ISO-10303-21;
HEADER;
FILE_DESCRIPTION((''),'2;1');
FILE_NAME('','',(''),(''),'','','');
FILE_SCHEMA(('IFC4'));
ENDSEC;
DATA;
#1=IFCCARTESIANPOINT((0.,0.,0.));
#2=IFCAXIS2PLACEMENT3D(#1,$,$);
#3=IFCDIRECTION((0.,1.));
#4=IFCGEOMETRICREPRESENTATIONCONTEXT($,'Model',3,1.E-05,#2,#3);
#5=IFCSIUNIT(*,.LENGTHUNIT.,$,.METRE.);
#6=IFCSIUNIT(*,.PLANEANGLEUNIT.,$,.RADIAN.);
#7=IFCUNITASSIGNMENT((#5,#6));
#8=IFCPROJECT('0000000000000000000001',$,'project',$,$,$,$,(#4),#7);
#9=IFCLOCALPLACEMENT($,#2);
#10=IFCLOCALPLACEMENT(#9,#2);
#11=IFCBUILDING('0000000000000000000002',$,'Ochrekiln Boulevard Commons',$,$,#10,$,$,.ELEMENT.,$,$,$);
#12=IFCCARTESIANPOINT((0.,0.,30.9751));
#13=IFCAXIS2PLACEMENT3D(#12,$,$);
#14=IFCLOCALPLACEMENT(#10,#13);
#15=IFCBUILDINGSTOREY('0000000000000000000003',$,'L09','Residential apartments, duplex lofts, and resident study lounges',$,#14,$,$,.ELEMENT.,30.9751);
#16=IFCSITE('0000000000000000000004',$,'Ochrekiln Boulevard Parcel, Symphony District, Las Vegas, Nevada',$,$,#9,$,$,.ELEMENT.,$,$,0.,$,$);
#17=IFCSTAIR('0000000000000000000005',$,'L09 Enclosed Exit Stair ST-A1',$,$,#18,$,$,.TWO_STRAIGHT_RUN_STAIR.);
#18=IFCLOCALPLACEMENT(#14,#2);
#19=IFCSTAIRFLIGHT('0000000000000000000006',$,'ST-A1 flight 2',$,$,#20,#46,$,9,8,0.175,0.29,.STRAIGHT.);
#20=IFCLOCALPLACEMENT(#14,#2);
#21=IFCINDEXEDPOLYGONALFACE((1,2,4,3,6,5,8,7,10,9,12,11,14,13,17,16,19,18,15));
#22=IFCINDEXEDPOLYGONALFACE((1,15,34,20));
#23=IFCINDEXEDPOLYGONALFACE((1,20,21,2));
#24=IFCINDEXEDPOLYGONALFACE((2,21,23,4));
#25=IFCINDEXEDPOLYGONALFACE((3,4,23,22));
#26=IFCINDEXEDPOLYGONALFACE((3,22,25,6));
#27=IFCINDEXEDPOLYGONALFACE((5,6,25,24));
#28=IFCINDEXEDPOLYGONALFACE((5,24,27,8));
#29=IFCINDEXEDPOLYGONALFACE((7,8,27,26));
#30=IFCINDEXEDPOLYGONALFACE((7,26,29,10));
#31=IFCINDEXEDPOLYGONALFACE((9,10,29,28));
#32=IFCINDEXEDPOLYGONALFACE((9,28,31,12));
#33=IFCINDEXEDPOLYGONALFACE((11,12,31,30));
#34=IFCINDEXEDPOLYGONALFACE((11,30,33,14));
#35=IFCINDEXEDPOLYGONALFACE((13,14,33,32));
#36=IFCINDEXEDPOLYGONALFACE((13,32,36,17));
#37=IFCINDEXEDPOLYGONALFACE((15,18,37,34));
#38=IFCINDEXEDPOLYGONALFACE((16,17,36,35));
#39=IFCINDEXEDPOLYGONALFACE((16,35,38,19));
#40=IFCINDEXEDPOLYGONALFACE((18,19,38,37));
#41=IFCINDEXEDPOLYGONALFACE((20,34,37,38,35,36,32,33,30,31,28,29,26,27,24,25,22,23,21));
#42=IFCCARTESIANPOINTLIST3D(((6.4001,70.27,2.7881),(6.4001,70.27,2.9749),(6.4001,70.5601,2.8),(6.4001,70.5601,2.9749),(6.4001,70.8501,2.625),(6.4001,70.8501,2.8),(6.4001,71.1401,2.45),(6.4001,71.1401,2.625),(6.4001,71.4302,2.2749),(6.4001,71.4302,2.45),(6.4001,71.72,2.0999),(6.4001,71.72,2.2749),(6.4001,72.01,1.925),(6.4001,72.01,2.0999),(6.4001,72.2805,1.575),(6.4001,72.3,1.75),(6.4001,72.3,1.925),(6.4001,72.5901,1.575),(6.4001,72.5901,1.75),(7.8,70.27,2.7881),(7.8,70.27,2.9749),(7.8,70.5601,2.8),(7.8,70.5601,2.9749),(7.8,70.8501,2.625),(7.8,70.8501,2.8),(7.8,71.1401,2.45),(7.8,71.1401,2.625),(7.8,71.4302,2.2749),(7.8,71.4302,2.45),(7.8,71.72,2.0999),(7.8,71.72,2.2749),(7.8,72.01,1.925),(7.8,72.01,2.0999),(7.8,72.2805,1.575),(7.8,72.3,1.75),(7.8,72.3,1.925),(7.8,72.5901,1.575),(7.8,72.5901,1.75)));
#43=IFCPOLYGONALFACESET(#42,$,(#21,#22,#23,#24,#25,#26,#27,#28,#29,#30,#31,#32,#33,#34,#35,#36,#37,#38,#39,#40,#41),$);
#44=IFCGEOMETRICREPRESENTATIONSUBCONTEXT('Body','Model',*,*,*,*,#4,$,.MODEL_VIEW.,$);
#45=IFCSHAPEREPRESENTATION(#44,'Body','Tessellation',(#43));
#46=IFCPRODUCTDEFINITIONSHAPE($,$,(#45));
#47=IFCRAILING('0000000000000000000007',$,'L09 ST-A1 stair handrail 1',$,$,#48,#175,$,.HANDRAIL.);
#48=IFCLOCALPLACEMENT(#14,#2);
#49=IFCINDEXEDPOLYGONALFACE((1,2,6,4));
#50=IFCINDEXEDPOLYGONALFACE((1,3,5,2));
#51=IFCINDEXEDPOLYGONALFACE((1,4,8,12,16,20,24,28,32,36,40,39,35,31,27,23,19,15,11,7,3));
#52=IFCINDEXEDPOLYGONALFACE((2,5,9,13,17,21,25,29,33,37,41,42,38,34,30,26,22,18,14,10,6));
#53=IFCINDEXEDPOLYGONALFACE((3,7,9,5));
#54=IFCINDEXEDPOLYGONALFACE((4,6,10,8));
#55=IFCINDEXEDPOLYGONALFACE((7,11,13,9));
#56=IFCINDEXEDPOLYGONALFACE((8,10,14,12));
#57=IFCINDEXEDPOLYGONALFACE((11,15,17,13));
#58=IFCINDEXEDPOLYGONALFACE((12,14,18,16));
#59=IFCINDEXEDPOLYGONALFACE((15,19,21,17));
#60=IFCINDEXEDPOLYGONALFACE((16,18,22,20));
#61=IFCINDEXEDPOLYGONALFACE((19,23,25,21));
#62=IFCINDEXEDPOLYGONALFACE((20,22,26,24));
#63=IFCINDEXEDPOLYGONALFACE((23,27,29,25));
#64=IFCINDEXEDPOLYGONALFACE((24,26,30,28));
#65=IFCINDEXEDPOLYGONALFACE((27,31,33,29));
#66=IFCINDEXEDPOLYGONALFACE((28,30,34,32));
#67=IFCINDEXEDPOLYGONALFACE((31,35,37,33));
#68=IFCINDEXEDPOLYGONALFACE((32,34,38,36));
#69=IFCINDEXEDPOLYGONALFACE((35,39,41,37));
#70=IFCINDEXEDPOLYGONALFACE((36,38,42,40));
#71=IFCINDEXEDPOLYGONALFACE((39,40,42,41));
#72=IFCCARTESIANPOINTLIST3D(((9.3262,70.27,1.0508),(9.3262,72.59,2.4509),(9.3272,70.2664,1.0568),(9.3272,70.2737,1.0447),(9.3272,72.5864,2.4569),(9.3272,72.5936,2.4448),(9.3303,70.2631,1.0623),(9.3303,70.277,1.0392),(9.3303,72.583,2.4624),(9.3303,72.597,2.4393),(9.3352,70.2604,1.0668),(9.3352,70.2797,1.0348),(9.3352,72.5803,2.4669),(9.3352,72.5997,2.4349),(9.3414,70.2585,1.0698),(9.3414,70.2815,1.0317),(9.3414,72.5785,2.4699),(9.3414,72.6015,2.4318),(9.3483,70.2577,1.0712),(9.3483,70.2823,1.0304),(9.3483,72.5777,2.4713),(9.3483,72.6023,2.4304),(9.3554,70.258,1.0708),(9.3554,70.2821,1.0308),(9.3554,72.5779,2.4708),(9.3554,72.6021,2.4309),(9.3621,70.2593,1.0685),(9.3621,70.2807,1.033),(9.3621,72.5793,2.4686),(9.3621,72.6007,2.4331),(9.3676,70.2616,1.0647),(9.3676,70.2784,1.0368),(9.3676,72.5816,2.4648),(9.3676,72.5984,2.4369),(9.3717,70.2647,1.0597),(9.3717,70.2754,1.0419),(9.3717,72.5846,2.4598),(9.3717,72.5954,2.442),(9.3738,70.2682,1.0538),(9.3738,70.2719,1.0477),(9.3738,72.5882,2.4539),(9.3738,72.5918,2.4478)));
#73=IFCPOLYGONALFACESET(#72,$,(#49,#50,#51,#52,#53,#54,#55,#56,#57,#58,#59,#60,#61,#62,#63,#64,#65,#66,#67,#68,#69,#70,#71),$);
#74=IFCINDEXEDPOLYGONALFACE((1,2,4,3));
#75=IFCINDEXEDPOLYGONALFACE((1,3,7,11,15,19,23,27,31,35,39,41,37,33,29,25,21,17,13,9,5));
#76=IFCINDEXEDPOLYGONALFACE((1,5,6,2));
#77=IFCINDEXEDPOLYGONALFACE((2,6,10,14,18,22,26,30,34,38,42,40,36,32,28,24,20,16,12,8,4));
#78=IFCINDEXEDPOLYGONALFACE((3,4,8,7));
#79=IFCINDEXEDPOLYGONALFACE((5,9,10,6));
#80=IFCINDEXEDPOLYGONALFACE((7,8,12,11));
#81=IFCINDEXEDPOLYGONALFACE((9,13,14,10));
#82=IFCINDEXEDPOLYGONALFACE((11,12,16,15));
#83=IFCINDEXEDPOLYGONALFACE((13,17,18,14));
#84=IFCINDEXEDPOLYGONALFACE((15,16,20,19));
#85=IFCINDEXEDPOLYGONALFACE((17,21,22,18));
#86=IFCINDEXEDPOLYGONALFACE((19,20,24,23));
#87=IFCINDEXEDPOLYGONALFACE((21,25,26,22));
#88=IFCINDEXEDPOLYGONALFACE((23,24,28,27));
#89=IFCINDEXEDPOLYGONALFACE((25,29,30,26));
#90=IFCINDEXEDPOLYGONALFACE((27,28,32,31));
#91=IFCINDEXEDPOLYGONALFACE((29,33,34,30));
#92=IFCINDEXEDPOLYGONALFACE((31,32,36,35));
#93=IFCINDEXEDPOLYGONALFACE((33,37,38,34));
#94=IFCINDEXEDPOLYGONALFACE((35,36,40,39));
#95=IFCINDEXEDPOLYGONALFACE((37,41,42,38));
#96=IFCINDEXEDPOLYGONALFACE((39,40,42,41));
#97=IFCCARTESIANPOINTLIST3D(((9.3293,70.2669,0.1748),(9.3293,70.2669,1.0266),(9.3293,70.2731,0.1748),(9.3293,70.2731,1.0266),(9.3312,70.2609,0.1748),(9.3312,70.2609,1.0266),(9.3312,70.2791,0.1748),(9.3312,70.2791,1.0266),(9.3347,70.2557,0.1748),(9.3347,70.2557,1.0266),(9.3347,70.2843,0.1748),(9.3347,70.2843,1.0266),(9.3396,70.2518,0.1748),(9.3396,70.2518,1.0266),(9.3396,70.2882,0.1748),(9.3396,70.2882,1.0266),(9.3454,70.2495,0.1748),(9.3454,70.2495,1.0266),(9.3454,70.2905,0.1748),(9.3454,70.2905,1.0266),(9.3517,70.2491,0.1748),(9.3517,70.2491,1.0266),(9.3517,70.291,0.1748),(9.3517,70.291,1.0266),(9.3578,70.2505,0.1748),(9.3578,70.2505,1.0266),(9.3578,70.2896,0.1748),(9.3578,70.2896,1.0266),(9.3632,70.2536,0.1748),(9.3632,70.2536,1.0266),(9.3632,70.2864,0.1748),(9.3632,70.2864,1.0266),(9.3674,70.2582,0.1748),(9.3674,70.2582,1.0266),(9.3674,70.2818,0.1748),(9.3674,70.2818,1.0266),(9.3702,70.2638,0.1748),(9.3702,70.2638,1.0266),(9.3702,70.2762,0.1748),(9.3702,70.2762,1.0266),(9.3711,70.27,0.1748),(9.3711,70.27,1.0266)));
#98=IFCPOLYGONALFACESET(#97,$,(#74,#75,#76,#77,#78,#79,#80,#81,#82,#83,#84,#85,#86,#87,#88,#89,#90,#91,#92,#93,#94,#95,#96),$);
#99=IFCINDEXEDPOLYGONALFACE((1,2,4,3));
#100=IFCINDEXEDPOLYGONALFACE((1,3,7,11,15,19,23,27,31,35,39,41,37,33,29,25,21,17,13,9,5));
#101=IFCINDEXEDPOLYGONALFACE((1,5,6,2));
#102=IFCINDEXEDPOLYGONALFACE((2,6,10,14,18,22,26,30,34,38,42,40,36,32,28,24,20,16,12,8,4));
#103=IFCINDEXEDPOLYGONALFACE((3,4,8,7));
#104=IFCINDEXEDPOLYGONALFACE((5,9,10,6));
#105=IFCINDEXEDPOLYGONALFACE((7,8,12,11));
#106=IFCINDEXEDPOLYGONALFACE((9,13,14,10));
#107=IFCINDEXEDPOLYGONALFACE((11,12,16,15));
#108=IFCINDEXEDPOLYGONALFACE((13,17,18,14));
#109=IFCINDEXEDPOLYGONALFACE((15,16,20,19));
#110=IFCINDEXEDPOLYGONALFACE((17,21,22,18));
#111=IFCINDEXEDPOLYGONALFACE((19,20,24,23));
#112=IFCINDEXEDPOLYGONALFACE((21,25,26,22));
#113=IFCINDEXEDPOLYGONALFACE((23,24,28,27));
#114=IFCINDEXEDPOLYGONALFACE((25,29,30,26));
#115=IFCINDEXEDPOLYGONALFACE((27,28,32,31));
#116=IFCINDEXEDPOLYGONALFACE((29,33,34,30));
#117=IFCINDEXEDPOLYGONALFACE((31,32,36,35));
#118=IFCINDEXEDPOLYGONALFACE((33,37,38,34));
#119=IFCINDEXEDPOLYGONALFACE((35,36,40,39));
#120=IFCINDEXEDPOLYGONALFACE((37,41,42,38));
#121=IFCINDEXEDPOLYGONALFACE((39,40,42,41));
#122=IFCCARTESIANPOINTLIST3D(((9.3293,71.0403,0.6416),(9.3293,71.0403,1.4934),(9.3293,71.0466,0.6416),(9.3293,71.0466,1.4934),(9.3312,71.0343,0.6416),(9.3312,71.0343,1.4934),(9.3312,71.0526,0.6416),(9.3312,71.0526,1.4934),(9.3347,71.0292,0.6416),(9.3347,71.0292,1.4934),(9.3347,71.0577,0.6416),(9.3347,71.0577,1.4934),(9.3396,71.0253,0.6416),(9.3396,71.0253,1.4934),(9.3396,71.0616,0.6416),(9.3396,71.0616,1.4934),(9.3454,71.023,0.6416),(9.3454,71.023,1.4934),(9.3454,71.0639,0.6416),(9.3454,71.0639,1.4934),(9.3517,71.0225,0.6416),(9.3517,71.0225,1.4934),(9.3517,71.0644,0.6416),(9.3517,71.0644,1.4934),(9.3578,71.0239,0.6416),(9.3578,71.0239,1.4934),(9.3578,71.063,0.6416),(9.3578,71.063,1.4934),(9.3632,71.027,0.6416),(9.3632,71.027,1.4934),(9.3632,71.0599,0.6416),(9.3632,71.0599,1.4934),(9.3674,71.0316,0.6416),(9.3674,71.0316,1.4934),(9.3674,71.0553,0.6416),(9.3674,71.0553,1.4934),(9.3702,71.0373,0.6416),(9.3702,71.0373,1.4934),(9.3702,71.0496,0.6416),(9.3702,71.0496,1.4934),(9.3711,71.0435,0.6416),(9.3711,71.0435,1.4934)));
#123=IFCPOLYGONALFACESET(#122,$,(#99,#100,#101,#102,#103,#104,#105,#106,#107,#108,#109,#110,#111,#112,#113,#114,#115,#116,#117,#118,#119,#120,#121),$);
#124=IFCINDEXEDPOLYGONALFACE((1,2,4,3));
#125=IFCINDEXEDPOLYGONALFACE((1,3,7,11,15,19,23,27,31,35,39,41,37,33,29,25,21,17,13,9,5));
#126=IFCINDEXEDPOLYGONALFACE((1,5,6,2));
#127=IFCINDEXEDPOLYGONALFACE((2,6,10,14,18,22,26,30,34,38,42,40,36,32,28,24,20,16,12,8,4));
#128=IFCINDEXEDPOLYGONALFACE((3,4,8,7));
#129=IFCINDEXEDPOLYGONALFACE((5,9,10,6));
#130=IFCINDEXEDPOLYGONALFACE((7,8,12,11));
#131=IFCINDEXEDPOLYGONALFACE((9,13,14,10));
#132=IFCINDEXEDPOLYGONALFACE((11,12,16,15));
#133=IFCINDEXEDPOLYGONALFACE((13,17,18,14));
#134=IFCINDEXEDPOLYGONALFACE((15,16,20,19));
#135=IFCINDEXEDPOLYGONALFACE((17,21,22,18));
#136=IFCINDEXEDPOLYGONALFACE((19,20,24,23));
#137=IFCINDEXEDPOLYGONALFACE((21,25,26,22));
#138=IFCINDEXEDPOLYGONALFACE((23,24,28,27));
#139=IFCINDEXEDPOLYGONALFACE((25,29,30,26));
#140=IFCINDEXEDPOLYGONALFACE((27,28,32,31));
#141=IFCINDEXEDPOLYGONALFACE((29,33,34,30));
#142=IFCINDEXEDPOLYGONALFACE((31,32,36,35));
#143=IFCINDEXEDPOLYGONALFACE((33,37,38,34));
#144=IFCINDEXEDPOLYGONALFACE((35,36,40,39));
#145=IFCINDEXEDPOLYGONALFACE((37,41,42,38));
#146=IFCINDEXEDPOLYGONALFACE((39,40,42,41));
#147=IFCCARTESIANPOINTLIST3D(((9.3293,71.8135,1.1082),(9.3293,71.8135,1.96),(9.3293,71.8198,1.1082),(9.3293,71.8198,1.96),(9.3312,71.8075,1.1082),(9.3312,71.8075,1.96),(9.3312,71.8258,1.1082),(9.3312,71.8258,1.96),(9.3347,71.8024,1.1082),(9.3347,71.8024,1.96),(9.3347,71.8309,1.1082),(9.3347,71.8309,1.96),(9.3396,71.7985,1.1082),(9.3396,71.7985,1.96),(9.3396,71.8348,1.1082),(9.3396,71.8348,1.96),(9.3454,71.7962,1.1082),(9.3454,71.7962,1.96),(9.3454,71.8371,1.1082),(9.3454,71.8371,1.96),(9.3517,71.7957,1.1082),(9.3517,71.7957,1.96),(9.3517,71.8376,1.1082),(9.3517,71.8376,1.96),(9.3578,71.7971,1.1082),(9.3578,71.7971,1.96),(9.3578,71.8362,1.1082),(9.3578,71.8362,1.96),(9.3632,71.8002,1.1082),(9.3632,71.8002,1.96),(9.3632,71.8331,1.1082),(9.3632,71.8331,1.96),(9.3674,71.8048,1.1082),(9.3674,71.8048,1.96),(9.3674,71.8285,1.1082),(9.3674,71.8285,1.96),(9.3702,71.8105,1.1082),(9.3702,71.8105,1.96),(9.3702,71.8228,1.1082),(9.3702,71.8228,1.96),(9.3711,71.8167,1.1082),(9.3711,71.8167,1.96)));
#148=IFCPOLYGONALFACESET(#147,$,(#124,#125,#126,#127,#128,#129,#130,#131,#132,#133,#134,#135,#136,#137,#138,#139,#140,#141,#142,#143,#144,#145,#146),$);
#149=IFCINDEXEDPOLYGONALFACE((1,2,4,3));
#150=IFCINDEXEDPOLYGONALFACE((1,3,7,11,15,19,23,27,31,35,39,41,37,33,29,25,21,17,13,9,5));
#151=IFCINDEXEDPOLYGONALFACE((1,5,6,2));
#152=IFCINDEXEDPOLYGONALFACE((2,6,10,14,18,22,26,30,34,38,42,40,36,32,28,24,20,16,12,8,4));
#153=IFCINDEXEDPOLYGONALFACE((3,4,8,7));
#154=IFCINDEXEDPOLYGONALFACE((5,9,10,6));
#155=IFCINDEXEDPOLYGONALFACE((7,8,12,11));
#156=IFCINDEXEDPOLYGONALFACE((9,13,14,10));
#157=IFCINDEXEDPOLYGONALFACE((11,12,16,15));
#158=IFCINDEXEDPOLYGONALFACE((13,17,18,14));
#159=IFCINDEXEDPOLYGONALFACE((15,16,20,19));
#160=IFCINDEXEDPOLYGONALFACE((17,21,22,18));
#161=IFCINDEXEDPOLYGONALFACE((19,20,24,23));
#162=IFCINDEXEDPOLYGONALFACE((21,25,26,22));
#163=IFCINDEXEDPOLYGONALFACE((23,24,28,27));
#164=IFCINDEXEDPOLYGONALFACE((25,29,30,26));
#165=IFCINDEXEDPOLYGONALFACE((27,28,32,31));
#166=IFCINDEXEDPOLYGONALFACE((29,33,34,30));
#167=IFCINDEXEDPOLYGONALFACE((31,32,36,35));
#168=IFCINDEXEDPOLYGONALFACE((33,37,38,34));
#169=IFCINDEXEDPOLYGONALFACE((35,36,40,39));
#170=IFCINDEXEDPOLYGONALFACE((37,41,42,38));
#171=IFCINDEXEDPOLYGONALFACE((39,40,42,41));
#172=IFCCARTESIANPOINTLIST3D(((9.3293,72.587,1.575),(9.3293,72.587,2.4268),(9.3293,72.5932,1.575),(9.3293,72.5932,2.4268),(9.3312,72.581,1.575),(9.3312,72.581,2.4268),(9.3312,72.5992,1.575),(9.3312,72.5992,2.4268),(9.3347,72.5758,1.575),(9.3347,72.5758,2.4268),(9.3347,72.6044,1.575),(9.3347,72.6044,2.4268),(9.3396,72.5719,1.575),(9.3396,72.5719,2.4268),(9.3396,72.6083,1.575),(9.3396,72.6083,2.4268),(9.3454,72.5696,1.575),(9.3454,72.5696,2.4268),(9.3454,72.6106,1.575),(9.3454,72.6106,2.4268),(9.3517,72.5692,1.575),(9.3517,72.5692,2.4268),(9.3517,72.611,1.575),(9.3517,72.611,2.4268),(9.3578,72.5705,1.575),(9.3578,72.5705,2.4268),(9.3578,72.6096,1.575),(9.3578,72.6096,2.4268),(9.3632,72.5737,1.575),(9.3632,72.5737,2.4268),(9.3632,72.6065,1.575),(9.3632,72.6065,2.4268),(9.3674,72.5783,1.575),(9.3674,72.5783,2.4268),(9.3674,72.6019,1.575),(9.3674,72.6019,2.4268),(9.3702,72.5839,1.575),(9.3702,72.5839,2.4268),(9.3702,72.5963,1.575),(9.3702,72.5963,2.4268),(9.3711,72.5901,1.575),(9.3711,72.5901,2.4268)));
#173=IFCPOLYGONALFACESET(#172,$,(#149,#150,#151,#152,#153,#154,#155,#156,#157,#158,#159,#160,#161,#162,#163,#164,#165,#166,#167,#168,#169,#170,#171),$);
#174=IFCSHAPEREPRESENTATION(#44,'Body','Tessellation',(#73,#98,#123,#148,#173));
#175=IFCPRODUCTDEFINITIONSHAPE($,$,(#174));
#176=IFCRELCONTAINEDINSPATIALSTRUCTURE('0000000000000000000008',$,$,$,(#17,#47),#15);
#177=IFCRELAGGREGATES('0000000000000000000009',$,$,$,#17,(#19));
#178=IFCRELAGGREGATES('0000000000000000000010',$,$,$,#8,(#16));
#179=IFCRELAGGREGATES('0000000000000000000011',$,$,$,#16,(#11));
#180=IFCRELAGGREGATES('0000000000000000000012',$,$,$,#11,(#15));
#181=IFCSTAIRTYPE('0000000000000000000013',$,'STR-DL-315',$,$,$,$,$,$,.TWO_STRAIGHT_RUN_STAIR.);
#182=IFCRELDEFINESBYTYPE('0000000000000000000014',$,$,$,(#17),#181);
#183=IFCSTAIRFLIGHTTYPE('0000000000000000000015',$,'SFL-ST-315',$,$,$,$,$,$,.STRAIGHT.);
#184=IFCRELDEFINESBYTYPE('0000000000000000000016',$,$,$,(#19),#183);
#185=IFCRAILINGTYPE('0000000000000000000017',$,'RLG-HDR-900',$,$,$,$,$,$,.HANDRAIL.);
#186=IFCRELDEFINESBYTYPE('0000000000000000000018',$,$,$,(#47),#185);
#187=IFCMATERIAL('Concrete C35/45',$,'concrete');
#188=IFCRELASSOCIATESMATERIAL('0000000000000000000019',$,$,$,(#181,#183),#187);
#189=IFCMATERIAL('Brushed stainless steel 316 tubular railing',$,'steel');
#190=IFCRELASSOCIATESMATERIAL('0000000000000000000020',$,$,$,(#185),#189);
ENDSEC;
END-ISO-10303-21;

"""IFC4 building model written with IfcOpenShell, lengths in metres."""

from ifc_helpers import new_model, si_unit, direction, frame, origin, origin_2d, place, context, subcontext, project, spatial, polyline, circle, outline, extrude, material, type_object, element, aggregate, save


model = new_model("IFC4")

# Units and contexts
model_context = context("Model", 3, precision=1e-05, world=origin(), true_north=direction((0.0, 1.0)))
body_context = subcontext(model_context, "Body", "Model", "MODEL_VIEW")
ifc_project = project(units=[si_unit("LENGTHUNIT", "METRE"), si_unit("PLANEANGLEUNIT", "RADIAN")], contexts=[model_context])

# Site, building, storey
site_placement = place(None, origin())
site = spatial("IfcSite", under=ifc_project, at=site_placement, Name="Ochrekiln Boulevard Parcel, Symphony District, Las Vegas, Nevada", CompositionType="ELEMENT", RefElevation=0.0)
building_placement = place(site_placement, origin())
building = spatial("IfcBuilding", under=site, at=building_placement, Name="Ochrekiln Boulevard Commons", CompositionType="ELEMENT")
storey_placement = place(building_placement, frame((0.0, 0.0, 30.9751)))
storey = spatial("IfcBuildingStorey", under=building, at=storey_placement, Name="L09", Description="Residential apartments, duplex lofts, and resident study lounges", CompositionType="ELEMENT", Elevation=30.9751)

# Shared definitions
ifc_material_1 = material(Name="Concrete C35/45", Category="concrete")

# Stair, stair flight
stair_type = type_object("IfcStairType", Name="STR-DL-315", PredefinedType="TWO_STRAIGHT_RUN_STAIR", material=ifc_material_1)
stair_placement = place(storey_placement, origin())
stair = element("IfcStair", 1, at=stair_placement, inside=storey, type_object=stair_type, Name="L09 Enclosed Exit Stair ST-A1", PredefinedType="TWO_STRAIGHT_RUN_STAIR")
stair_flight_type = type_object("IfcStairFlightType", Name="SFL-ST-315", PredefinedType="STRAIGHT", material=ifc_material_1)
stair_flight_1_placement = place(storey_placement, frame((7.1001, 72.5901, 1.575), z_axis=(0.0, 0.0, 1.0), x_axis=(0.0, -1.0, 0.0)))
stair_flight_1 = element("IfcStairFlight", 2, at=stair_flight_1_placement, type_object=stair_flight_type, Name="ST-A1 flight 2", NumberOfRisers=9, NumberOfTreads=8, PredefinedType="STRAIGHT", RiserHeight=0.175, TreadLength=0.29, context=body_context, shape_type="SweptSolid", body=[
    extrude(outline(polyline([(0.0, 0.0), (0.0, 0.175), (0.29, 0.175), (0.29, 0.3501), (0.5801, 0.3501), (0.5801, 0.5249), (0.8701, 0.5249), (0.8701, 0.7), (1.1599, 0.7), (1.1599, 0.875), (1.45, 0.875), (1.45, 1.05), (1.74, 1.05), (1.74, 1.2251), (2.03, 1.2251), (2.03, 1.3999), (2.3201, 1.3999), (2.3201, 1.575), (2.3201, 1.2131), (0.3096, 0.0), (0.0, 0.0)])), frame((0.0, 0.7, 0.0), z_axis=(0.0, -1.0, 0.0), x_axis=(1.0, 0.0, 0.0)), (0.0, 0.0, 1.0), 1.3999),
])
aggregate(stair, [stair_flight_1])

# Railing
ifc_material_2 = material(Name="Brushed stainless steel 316 tubular railing", Category="steel")
railing_type_1 = type_object("IfcRailingType", Name="RLG-HDR-900", PredefinedType="HANDRAIL", material=ifc_material_2)
railing_1_placement = place(storey_placement, frame((9.3501, 70.27, 0.1748)))
element("IfcRailing", 3, at=railing_1_placement, inside=storey, type_object=railing_type_1, Name="L09 ST-A1 stair handrail 1", PredefinedType="HANDRAIL", context=body_context, shape_type="SweptSolid", body=[
    extrude(circle(Radius=0.0239, at=origin_2d()), frame((0.0, 0.0, 0.876), z_axis=(0.0, 0.85617, 0.516693), x_axis=(-1.0, 0.0, 0.0)), (0.0, 0.0, 1.0), 2.7097),
    extrude(circle(Radius=0.021, at=origin_2d()), origin(), (0.0, 0.0, 1.0), 0.8518),
    extrude(circle(Radius=0.021, at=origin_2d()), frame((0.0, 0.7734, 0.4668)), (0.0, 0.0, 1.0), 0.8518),
    extrude(circle(Radius=0.021, at=origin_2d()), frame((0.0, 1.5466, 0.9333)), (0.0, 0.0, 1.0), 0.8518),
    extrude(circle(Radius=0.021, at=origin_2d()), frame((0.0, 2.3201, 1.4001)), (0.0, 0.0, 1.0), 0.8518),
])

save(model, "model.ifc")
